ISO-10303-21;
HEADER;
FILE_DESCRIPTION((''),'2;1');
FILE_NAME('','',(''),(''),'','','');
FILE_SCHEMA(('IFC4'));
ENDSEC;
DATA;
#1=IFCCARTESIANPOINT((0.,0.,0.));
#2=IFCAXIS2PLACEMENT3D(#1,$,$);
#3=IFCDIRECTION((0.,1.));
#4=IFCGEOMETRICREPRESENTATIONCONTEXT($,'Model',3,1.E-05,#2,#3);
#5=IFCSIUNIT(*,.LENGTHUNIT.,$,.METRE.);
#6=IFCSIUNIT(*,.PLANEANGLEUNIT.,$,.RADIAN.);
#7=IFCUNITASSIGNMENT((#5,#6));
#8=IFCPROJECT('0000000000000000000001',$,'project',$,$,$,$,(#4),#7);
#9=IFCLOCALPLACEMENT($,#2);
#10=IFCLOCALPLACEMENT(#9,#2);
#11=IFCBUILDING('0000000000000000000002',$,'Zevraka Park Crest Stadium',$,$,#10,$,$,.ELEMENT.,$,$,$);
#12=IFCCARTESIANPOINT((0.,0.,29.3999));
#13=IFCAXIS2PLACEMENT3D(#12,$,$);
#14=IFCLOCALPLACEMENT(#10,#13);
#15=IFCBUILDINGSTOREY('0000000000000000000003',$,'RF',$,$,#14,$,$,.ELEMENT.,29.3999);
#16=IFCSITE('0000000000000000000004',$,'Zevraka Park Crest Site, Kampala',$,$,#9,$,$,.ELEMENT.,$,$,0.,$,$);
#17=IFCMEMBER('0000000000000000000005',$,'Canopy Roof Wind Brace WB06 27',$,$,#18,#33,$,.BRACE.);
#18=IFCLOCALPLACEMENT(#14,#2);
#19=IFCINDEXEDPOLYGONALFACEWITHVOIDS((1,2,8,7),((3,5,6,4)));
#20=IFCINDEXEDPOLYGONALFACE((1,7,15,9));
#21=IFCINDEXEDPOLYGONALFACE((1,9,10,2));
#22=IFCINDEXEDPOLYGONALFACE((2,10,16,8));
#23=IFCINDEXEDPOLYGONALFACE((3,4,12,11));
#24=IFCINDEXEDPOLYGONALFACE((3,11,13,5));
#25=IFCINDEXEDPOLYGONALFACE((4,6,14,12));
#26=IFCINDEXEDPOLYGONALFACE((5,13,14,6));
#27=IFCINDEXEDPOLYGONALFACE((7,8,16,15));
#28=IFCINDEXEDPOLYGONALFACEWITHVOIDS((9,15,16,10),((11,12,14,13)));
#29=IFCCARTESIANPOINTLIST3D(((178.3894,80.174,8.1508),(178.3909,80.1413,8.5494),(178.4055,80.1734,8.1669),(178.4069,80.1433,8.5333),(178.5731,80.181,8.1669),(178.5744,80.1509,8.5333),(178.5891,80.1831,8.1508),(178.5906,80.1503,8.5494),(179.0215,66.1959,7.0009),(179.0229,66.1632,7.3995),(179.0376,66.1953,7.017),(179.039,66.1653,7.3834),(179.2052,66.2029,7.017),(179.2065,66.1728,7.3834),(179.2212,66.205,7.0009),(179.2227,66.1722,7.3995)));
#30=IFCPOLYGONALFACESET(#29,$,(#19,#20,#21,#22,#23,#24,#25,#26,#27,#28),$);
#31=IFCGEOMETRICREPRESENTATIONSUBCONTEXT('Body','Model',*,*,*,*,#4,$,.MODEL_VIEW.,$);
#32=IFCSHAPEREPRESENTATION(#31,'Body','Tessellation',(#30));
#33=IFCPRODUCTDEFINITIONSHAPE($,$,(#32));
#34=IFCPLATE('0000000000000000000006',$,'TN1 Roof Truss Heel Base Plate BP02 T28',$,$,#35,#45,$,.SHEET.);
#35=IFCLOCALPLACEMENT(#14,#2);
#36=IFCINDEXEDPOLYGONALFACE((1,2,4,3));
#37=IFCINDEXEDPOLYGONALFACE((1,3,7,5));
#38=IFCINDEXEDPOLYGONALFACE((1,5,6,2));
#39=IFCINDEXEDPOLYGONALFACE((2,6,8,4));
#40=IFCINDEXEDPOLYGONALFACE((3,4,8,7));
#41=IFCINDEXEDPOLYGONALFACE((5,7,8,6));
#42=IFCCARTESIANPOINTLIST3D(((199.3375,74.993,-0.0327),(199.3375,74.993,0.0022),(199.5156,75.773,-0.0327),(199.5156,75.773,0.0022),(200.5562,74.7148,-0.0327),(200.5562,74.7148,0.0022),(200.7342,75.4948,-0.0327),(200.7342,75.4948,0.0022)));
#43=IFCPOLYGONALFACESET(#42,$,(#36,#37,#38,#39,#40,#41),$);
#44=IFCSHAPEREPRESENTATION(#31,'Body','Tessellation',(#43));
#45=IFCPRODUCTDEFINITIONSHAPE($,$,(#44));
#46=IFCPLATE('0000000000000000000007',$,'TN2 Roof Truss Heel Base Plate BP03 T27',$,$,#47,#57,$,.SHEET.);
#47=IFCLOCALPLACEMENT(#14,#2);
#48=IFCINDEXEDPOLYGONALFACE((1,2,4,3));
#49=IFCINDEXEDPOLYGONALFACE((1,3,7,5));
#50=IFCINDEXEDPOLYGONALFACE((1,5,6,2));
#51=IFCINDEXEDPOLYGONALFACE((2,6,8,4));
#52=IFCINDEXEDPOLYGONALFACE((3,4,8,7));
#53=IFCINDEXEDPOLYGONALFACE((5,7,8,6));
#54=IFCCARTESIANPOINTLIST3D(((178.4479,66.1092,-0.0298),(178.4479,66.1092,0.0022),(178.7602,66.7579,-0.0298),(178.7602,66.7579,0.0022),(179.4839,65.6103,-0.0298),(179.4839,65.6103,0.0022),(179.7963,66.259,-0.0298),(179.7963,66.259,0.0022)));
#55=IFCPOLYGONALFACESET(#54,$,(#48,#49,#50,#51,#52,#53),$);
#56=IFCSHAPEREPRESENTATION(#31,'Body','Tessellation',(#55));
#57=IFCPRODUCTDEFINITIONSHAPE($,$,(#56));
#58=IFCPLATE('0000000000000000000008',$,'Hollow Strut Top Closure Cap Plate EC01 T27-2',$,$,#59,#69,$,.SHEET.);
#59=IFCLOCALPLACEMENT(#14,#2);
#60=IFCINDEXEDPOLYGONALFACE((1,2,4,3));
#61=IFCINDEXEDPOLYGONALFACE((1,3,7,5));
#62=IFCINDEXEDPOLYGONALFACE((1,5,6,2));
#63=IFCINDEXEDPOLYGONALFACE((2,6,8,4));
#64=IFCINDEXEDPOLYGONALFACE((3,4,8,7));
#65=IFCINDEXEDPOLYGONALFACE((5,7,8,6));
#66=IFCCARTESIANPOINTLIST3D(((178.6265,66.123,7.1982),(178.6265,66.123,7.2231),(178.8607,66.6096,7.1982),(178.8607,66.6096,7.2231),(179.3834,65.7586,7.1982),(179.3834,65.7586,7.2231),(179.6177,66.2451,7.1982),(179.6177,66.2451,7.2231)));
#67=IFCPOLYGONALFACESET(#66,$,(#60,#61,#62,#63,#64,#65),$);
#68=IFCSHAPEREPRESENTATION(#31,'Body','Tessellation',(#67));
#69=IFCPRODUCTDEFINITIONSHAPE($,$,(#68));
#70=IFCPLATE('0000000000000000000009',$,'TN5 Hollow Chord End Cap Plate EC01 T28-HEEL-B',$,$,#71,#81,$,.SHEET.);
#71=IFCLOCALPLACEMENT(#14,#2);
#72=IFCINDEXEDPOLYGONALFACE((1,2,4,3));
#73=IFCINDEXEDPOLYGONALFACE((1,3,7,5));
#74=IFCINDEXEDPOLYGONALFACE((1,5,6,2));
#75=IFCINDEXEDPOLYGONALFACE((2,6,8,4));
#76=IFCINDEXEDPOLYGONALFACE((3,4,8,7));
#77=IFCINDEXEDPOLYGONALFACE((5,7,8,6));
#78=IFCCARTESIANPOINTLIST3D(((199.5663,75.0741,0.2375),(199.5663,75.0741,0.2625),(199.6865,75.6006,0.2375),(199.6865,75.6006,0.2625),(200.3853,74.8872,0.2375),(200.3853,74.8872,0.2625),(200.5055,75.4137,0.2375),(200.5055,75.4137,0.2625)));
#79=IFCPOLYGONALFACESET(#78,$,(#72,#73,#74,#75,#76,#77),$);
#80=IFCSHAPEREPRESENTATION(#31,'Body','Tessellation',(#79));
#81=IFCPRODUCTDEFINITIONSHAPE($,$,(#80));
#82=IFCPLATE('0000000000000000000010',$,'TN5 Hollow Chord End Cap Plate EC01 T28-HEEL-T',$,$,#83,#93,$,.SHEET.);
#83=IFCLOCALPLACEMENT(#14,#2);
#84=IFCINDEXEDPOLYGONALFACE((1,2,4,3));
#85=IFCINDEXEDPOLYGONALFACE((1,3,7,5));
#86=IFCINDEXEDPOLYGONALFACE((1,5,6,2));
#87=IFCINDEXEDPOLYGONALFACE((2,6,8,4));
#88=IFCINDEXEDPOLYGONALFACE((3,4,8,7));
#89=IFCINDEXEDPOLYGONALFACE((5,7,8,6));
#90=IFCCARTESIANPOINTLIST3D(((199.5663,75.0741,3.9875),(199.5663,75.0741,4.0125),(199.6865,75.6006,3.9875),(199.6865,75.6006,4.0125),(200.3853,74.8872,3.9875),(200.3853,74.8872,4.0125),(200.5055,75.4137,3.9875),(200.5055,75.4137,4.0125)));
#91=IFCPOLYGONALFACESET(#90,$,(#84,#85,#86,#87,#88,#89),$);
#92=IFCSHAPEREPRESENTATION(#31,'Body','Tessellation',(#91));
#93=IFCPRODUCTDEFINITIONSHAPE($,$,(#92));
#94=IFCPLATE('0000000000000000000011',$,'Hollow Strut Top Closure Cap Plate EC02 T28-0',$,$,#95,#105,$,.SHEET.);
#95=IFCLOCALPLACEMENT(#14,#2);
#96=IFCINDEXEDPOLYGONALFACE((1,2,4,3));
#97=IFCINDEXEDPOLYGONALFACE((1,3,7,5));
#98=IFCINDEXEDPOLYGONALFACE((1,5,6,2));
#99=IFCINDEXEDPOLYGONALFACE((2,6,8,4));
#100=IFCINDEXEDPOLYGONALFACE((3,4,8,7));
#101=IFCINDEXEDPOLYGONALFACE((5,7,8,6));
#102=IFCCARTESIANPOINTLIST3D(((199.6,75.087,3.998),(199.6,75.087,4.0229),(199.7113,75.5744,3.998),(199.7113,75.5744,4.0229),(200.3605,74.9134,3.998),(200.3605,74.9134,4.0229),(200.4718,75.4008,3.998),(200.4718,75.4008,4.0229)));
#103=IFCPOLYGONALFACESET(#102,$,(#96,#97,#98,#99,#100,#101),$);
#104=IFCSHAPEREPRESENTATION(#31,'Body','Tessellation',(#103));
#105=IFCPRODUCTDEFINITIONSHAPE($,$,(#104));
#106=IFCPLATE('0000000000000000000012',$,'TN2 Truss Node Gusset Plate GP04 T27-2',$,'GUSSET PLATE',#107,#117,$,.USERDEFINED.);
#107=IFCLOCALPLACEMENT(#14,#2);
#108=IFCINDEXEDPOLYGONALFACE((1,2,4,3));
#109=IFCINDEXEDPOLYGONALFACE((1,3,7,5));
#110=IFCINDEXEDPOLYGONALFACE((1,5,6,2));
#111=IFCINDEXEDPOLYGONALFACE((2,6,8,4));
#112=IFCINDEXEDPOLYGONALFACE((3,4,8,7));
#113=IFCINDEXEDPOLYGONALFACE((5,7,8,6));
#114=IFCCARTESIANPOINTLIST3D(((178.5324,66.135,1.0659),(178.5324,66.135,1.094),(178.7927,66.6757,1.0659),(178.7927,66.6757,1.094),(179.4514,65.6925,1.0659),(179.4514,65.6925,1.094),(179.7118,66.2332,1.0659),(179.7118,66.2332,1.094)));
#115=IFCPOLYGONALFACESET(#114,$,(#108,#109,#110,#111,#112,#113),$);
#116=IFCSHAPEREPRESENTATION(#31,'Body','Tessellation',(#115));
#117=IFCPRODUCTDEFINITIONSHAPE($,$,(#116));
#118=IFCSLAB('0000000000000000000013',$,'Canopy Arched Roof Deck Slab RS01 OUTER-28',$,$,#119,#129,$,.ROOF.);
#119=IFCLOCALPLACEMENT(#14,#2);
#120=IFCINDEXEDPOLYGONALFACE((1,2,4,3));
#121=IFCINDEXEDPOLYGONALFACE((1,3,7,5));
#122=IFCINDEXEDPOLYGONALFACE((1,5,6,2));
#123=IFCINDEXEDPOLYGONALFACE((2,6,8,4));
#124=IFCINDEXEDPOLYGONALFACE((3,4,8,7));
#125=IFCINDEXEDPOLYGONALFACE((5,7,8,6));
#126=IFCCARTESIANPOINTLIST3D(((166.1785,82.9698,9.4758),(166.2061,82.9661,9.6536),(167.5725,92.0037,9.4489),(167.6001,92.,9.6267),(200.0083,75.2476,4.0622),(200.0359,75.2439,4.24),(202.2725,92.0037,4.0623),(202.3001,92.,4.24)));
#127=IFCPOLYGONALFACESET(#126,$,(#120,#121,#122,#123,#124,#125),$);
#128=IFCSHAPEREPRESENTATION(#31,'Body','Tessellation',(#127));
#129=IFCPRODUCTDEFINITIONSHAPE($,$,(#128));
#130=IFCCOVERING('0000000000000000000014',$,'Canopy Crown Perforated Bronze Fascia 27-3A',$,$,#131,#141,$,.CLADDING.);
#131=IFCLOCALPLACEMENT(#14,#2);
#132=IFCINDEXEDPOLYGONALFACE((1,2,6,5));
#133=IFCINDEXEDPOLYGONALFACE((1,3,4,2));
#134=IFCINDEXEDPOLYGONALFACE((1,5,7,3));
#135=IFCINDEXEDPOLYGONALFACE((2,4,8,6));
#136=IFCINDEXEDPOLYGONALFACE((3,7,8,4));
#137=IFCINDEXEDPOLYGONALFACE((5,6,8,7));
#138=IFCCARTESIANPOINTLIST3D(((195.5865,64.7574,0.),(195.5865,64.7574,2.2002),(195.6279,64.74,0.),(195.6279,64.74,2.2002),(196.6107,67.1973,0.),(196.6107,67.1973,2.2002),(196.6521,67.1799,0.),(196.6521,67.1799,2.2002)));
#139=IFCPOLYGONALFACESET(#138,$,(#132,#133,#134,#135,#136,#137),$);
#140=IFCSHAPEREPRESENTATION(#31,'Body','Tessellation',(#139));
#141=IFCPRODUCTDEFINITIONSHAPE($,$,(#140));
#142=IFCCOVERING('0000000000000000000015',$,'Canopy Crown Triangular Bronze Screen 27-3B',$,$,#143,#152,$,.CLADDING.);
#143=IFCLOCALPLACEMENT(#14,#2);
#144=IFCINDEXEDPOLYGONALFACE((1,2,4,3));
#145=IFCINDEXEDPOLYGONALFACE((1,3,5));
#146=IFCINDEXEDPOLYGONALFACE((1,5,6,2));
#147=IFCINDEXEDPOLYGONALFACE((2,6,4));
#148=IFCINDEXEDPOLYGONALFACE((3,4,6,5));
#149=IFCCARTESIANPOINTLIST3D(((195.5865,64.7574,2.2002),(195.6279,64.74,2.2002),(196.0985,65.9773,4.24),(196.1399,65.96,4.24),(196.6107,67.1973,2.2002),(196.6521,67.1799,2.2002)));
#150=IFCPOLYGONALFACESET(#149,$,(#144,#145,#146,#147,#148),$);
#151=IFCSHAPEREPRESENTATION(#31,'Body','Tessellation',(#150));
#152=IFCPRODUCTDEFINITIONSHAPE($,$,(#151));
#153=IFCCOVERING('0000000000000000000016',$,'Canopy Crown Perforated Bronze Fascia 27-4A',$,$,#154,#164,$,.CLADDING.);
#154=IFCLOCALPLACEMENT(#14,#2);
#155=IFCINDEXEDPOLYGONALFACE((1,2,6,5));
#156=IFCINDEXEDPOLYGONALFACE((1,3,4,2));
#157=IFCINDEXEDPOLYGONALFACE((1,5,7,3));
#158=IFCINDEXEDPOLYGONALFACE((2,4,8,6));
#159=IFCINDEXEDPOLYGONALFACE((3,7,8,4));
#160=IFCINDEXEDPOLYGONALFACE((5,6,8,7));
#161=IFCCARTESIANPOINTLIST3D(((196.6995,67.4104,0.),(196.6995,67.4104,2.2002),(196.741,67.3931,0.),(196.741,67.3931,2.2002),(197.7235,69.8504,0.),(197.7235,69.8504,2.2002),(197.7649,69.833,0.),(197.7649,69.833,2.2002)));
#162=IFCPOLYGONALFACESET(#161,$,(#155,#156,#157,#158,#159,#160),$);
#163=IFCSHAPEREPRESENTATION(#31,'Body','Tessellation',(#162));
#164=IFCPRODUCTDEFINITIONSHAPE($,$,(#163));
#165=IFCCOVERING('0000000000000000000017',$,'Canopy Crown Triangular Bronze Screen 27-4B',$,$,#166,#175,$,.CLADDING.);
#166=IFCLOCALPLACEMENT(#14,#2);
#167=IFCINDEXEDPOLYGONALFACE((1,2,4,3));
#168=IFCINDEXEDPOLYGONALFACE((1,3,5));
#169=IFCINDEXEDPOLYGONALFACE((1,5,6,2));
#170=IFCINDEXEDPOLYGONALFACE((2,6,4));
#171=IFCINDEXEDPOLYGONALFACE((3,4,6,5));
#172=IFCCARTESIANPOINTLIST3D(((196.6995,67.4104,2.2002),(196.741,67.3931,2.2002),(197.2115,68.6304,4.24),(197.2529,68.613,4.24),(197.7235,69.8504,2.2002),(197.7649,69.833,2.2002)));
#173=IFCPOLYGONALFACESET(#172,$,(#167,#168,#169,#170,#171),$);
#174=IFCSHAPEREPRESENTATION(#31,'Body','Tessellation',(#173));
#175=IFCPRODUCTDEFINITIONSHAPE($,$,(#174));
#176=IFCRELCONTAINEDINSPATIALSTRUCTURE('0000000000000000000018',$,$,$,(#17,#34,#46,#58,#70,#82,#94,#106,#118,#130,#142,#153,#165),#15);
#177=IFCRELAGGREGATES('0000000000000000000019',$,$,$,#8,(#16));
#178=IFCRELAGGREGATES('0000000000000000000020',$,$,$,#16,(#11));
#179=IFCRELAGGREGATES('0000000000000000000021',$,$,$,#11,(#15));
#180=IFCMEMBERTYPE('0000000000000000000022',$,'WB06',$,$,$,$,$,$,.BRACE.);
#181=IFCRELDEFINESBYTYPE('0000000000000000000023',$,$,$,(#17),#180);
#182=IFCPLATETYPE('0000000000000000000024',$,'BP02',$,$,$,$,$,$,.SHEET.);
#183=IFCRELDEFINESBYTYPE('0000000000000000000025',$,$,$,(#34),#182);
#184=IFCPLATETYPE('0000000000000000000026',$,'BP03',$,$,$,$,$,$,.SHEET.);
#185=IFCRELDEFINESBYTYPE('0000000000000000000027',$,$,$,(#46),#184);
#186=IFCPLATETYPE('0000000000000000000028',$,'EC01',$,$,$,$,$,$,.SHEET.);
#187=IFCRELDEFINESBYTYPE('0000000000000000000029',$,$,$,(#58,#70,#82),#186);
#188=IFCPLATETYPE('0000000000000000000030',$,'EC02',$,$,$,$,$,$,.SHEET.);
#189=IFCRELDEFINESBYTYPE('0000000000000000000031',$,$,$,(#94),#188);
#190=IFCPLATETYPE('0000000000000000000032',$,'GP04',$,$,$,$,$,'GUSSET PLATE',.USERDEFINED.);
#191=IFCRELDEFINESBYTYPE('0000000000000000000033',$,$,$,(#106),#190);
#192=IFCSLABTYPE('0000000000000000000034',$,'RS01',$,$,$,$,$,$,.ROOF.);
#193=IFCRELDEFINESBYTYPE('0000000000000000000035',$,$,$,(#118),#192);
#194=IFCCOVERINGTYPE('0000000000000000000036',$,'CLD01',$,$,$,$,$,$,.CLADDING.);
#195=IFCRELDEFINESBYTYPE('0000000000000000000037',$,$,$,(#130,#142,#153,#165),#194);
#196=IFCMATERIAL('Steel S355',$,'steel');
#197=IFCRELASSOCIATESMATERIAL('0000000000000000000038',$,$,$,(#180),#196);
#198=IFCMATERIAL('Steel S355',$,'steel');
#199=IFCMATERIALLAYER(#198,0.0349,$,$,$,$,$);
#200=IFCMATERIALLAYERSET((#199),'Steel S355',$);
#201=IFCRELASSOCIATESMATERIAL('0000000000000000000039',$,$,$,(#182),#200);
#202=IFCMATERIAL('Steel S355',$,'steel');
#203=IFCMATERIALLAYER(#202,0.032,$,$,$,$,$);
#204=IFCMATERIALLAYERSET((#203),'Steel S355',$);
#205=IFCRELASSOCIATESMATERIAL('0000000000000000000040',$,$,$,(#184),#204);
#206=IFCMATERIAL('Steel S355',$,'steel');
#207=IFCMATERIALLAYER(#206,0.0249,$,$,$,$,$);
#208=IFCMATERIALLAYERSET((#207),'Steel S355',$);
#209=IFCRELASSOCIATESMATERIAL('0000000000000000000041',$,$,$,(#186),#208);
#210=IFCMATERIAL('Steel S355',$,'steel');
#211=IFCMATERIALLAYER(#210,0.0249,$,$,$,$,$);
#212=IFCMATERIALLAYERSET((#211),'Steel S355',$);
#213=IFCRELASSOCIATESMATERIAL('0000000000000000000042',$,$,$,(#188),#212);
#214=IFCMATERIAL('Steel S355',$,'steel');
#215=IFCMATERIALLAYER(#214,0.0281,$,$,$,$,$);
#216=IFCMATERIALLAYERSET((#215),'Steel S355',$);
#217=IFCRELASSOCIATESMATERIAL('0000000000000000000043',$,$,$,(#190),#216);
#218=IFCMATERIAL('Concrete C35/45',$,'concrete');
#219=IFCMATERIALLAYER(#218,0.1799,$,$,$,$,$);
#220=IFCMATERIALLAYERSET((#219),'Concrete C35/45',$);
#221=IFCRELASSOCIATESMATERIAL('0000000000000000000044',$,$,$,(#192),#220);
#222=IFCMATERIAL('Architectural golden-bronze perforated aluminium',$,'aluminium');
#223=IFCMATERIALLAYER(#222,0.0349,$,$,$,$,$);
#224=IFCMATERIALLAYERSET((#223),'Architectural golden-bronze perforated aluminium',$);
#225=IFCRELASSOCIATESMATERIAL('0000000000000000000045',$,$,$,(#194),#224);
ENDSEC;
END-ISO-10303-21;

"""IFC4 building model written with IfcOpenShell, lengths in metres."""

from ifc_helpers import new_model, si_unit, direction, frame, origin, origin_2d, place, context, subcontext, project, spatial, polyline, rectangle, hollow_rectangle, outline, extrude, material, layer, layer_set, material_profile, profile_set, type_object, element, save


model = new_model("IFC4")

# Units and contexts
model_context = context("Model", 3, precision=1e-05, world=origin(), true_north=direction((0.0, 1.0)))
body_context = subcontext(model_context, "Body", "Model", "MODEL_VIEW")
ifc_project = project(units=[si_unit("LENGTHUNIT", "METRE"), si_unit("PLANEANGLEUNIT", "RADIAN")], contexts=[model_context])

# Site, building, storey
site_placement = place(None, origin())
site = spatial("IfcSite", under=ifc_project, at=site_placement, Name="Zevraka Park Crest Site, Kampala", CompositionType="ELEMENT", RefElevation=0.0)
building_placement = place(site_placement, origin())
building = spatial("IfcBuilding", under=site, at=building_placement, Name="Zevraka Park Crest Stadium", CompositionType="ELEMENT")
storey_placement = place(building_placement, frame((0.0, 0.0, 29.3999)))
storey = spatial("IfcBuildingStorey", under=building, at=storey_placement, Name="RF", CompositionType="ELEMENT", Elevation=29.3999)

# Member
ifc_material_1 = material(Name="Steel S355", Category="steel")
ifc_material_profile_1 = material_profile(ifc_material_1, hollow_rectangle(XDim=0.2, YDim=0.3999, WallThickness=0.0161, at=origin_2d()), Name="RHS 400x200x16")
ifc_profile_set_1 = profile_set([ifc_material_profile_1], Name="Steel S355")
member_type_1 = type_object("IfcMemberType", Name="WB06", PredefinedType="BRACE", material=ifc_profile_set_1)
member_1_placement = place(storey_placement, frame((179.1221, 66.1841, 7.2002), z_axis=(-0.045022, 0.995623, 0.081905), x_axis=(-0.998979, -0.045173, 0.0)))
element("IfcMember", 1, at=member_1_placement, inside=storey, type_object=member_type_1, Name="Canopy Roof Wind Brace WB06 27", PredefinedType="BRACE", context=body_context, shape_type="SweptSolid", body=[
    extrude(hollow_rectangle(XDim=0.2, YDim=0.3999, WallThickness=0.0161, at=origin_2d()), origin(), (0.0, 0.0, 1.0), 14.0396),
])

# Plates
ifc_material_2 = material(Name="Steel S355", Category="steel")
ifc_layer_1 = layer(ifc_material_2, 0.0349)
ifc_layer_set_1 = layer_set([ifc_layer_1], Name="Steel S355")
plate_type_1 = type_object("IfcPlateType", Name="BP02", PredefinedType="SHEET", material=ifc_layer_set_1)
plate_1_placement = place(storey_placement, frame((200.0359, 75.2439, -0.0327), z_axis=(0.0, 0.0, 1.0), x_axis=(-0.974917, 0.22257, 0.0)))
element("IfcPlate", 2, at=plate_1_placement, inside=storey, type_object=plate_type_1, Name="TN1 Roof Truss Heel Base Plate BP02 T28", PredefinedType="SHEET", context=body_context, shape_type="SweptSolid", body=[
    extrude(rectangle(XDim=1.25, YDim=0.8, at=origin_2d()), origin(), (0.0, 0.0, 1.0), 0.0349),
])
ifc_material_3 = material(Name="Steel S355", Category="steel")
ifc_layer_2 = layer(ifc_material_3, 0.032)
ifc_layer_set_2 = layer_set([ifc_layer_2], Name="Steel S355")
plate_type_2 = type_object("IfcPlateType", Name="BP03", PredefinedType="SHEET", material=ifc_layer_set_2)
plate_2_placement = place(storey_placement, frame((179.1221, 66.1841, -0.0298), z_axis=(0.0, 0.0, 1.0), x_axis=(-0.901001, 0.433816, 0.0)))
element("IfcPlate", 3, at=plate_2_placement, inside=storey, type_object=plate_type_2, Name="TN2 Roof Truss Heel Base Plate BP03 T27", PredefinedType="SHEET", context=body_context, shape_type="SweptSolid", body=[
    extrude(rectangle(XDim=1.1499, YDim=0.72, at=origin_2d()), origin(), (0.0, 0.0, 1.0), 0.032),
])
ifc_material_4 = material(Name="Steel S355", Category="steel")
ifc_layer_3 = layer(ifc_material_4, 0.0249)
ifc_layer_set_3 = layer_set([ifc_layer_3], Name="Steel S355")
plate_type_3 = type_object("IfcPlateType", Name="EC01", PredefinedType="SHEET", material=ifc_layer_set_3)
for number, where, z_axis, x_axis, name in (
    (4, (179.1221, 66.1841, 7.1982), (0.0, 0.0, 1.0), (-0.901001, 0.433816, 0.0), "Hollow Strut Top Closure Cap Plate EC01 T27-2"),
    (5, (200.0359, 75.2439, 0.2375), (0.0, 0.0, 1.0), (-0.974917, 0.22257, 0.0), "TN5 Hollow Chord End Cap Plate EC01 T28-HEEL-B"),
    (6, (200.0359, 75.2439, 3.9875), (0.0, 0.0, 1.0), (-0.974917, 0.22257, 0.0), "TN5 Hollow Chord End Cap Plate EC01 T28-HEEL-T"),
):
    element("IfcPlate", number, at=place(storey_placement, frame(where, z_axis=z_axis, x_axis=x_axis)), inside=storey, type_object=plate_type_3, Name=name, PredefinedType="SHEET", context=body_context, shape_type="SweptSolid", body=[
        extrude(rectangle(XDim=0.8401, YDim=0.54, at=origin_2d()), origin(), (0.0, 0.0, 1.0), 0.0249),
    ])
ifc_material_5 = material(Name="Steel S355", Category="steel")
ifc_layer_4 = layer(ifc_material_5, 0.0249)
ifc_layer_set_4 = layer_set([ifc_layer_4], Name="Steel S355")
plate_type_4 = type_object("IfcPlateType", Name="EC02", PredefinedType="SHEET", material=ifc_layer_set_4)
plate_3_placement = place(storey_placement, frame((200.0359, 75.2439, 3.998), z_axis=(0.0, 0.0, 1.0), x_axis=(-0.974917, 0.22257, 0.0)))
element("IfcPlate", 7, at=plate_3_placement, inside=storey, type_object=plate_type_4, Name="Hollow Strut Top Closure Cap Plate EC02 T28-0", PredefinedType="SHEET", context=body_context, shape_type="SweptSolid", body=[
    extrude(rectangle(XDim=0.78, YDim=0.5, at=origin_2d()), origin(), (0.0, 0.0, 1.0), 0.0249),
])
ifc_material_6 = material(Name="Steel S355", Category="steel")
ifc_layer_5 = layer(ifc_material_6, 0.0281)
ifc_layer_set_5 = layer_set([ifc_layer_5], Name="Steel S355")
plate_type_5 = type_object("IfcPlateType", Name="GP04", ElementType="GUSSET PLATE", PredefinedType="USERDEFINED", material=ifc_layer_set_5)
plate_4_placement = place(storey_placement, frame((179.1221, 66.1841, 1.0659), z_axis=(0.0, 0.0, 1.0), x_axis=(-0.901001, 0.433816, 0.0)))
element("IfcPlate", 8, at=plate_4_placement, inside=storey, type_object=plate_type_5, Name="TN2 Truss Node Gusset Plate GP04 T27-2", ObjectType="GUSSET PLATE", PredefinedType="USERDEFINED", context=body_context, shape_type="SweptSolid", body=[
    extrude(rectangle(XDim=1.02, YDim=0.6001, at=origin_2d()), origin(), (0.0, 0.0, 1.0), 0.0281),
])

# Slab
ifc_material_7 = material(Name="Concrete C35/45", Category="concrete")
ifc_layer_6 = layer(ifc_material_7, 0.1799)
ifc_layer_set_6 = layer_set([ifc_layer_6], Name="Concrete C35/45")
slab_type = type_object("IfcSlabType", Name="RS01", PredefinedType="ROOF", material=ifc_layer_set_6)
slab_placement = place(storey_placement, frame((200.0359, 75.2439, 4.24), z_axis=(0.153366, -0.020725, 0.987952), x_axis=(0.133908, 0.990994, 0.000002)))
element("IfcSlab", 9, at=slab_placement, inside=storey, type_object=slab_type, Name="Canopy Arched Roof Deck Slab RS01 OUTER-28", PredefinedType="ROOF", context=body_context, shape_type="SweptSolid", body=[
    extrude(outline(polyline([(0.0, 0.0), (16.9084, 0.0), (12.2618, 34.8068), (3.1226, 34.9807), (0.0, 0.0)])), origin(), (0.0, 0.0, -1.0), 0.1799),
])

# Coverings
ifc_material_8 = material(Name="Architectural golden-bronze perforated aluminium", Category="aluminium")
ifc_layer_7 = layer(ifc_material_8, 0.0349)
ifc_layer_set_7 = layer_set([ifc_layer_7], Name="Architectural golden-bronze perforated aluminium")
covering_type_1 = type_object("IfcCoveringType", Name="CLD01", PredefinedType="CLADDING", material=ifc_layer_set_7)
covering_1_placement = place(storey_placement, frame((195.6279, 64.74, 0.0), z_axis=(0.922064, -0.387038, 0.0), x_axis=(0.387038, 0.922064, 0.0)))
element("IfcCovering", 10, at=covering_1_placement, inside=storey, type_object=covering_type_1, Name="Canopy Crown Perforated Bronze Fascia 27-3A", PredefinedType="CLADDING", context=body_context, shape_type="SweptSolid", body=[
    extrude(outline(polyline([(0.0, 0.0), (2.6462, 0.0), (2.6462, 2.2002), (0.0, 2.2002), (0.0, 0.0)])), origin(), (0.0, 0.0, -1.0), 0.0449),
])
covering_2_placement = place(storey_placement, frame((195.6279, 64.74, 2.2002), z_axis=(0.922064, -0.387038, 0.000055), x_axis=(0.387038, 0.922064, 0.0)))
element("IfcCovering", 11, at=covering_2_placement, inside=storey, type_object=covering_type_1, Name="Canopy Crown Triangular Bronze Screen 27-3B", PredefinedType="CLADDING", context=body_context, shape_type="SweptSolid", body=[
    extrude(outline(polyline([(0.0, 0.0), (2.6462, 0.0), (1.323, 2.0398), (0.0, 0.0)])), origin(), (0.0, 0.0, -1.0), 0.0449),
])
covering_3_placement = place(storey_placement, frame((196.741, 67.3931, 0.0), z_axis=(0.922097, -0.38696, 0.0), x_axis=(0.38696, 0.922097, 0.0)))
element("IfcCovering", 12, at=covering_3_placement, inside=storey, type_object=covering_type_1, Name="Canopy Crown Perforated Bronze Fascia 27-4A", PredefinedType="CLADDING", context=body_context, shape_type="SweptSolid", body=[
    extrude(outline(polyline([(0.0, 0.0), (2.6461, 0.0), (2.6461, 2.2002), (0.0, 2.2002), (0.0, 0.0)])), origin(), (0.0, 0.0, -1.0), 0.0449),
])
covering_4_placement = place(storey_placement, frame((196.741, 67.3931, 2.2002), z_axis=(0.922097, -0.38696, 0.0), x_axis=(0.38696, 0.922097, 0.0)))
element("IfcCovering", 13, at=covering_4_placement, inside=storey, type_object=covering_type_1, Name="Canopy Crown Triangular Bronze Screen 27-4B", PredefinedType="CLADDING", context=body_context, shape_type="SweptSolid", body=[
    extrude(outline(polyline([(0.0, 0.0), (2.6461, 0.0), (1.323, 2.0398), (0.0, 0.0)])), origin(), (0.0, 0.0, -1.0), 0.0449),
])

save(model, "model.ifc")
